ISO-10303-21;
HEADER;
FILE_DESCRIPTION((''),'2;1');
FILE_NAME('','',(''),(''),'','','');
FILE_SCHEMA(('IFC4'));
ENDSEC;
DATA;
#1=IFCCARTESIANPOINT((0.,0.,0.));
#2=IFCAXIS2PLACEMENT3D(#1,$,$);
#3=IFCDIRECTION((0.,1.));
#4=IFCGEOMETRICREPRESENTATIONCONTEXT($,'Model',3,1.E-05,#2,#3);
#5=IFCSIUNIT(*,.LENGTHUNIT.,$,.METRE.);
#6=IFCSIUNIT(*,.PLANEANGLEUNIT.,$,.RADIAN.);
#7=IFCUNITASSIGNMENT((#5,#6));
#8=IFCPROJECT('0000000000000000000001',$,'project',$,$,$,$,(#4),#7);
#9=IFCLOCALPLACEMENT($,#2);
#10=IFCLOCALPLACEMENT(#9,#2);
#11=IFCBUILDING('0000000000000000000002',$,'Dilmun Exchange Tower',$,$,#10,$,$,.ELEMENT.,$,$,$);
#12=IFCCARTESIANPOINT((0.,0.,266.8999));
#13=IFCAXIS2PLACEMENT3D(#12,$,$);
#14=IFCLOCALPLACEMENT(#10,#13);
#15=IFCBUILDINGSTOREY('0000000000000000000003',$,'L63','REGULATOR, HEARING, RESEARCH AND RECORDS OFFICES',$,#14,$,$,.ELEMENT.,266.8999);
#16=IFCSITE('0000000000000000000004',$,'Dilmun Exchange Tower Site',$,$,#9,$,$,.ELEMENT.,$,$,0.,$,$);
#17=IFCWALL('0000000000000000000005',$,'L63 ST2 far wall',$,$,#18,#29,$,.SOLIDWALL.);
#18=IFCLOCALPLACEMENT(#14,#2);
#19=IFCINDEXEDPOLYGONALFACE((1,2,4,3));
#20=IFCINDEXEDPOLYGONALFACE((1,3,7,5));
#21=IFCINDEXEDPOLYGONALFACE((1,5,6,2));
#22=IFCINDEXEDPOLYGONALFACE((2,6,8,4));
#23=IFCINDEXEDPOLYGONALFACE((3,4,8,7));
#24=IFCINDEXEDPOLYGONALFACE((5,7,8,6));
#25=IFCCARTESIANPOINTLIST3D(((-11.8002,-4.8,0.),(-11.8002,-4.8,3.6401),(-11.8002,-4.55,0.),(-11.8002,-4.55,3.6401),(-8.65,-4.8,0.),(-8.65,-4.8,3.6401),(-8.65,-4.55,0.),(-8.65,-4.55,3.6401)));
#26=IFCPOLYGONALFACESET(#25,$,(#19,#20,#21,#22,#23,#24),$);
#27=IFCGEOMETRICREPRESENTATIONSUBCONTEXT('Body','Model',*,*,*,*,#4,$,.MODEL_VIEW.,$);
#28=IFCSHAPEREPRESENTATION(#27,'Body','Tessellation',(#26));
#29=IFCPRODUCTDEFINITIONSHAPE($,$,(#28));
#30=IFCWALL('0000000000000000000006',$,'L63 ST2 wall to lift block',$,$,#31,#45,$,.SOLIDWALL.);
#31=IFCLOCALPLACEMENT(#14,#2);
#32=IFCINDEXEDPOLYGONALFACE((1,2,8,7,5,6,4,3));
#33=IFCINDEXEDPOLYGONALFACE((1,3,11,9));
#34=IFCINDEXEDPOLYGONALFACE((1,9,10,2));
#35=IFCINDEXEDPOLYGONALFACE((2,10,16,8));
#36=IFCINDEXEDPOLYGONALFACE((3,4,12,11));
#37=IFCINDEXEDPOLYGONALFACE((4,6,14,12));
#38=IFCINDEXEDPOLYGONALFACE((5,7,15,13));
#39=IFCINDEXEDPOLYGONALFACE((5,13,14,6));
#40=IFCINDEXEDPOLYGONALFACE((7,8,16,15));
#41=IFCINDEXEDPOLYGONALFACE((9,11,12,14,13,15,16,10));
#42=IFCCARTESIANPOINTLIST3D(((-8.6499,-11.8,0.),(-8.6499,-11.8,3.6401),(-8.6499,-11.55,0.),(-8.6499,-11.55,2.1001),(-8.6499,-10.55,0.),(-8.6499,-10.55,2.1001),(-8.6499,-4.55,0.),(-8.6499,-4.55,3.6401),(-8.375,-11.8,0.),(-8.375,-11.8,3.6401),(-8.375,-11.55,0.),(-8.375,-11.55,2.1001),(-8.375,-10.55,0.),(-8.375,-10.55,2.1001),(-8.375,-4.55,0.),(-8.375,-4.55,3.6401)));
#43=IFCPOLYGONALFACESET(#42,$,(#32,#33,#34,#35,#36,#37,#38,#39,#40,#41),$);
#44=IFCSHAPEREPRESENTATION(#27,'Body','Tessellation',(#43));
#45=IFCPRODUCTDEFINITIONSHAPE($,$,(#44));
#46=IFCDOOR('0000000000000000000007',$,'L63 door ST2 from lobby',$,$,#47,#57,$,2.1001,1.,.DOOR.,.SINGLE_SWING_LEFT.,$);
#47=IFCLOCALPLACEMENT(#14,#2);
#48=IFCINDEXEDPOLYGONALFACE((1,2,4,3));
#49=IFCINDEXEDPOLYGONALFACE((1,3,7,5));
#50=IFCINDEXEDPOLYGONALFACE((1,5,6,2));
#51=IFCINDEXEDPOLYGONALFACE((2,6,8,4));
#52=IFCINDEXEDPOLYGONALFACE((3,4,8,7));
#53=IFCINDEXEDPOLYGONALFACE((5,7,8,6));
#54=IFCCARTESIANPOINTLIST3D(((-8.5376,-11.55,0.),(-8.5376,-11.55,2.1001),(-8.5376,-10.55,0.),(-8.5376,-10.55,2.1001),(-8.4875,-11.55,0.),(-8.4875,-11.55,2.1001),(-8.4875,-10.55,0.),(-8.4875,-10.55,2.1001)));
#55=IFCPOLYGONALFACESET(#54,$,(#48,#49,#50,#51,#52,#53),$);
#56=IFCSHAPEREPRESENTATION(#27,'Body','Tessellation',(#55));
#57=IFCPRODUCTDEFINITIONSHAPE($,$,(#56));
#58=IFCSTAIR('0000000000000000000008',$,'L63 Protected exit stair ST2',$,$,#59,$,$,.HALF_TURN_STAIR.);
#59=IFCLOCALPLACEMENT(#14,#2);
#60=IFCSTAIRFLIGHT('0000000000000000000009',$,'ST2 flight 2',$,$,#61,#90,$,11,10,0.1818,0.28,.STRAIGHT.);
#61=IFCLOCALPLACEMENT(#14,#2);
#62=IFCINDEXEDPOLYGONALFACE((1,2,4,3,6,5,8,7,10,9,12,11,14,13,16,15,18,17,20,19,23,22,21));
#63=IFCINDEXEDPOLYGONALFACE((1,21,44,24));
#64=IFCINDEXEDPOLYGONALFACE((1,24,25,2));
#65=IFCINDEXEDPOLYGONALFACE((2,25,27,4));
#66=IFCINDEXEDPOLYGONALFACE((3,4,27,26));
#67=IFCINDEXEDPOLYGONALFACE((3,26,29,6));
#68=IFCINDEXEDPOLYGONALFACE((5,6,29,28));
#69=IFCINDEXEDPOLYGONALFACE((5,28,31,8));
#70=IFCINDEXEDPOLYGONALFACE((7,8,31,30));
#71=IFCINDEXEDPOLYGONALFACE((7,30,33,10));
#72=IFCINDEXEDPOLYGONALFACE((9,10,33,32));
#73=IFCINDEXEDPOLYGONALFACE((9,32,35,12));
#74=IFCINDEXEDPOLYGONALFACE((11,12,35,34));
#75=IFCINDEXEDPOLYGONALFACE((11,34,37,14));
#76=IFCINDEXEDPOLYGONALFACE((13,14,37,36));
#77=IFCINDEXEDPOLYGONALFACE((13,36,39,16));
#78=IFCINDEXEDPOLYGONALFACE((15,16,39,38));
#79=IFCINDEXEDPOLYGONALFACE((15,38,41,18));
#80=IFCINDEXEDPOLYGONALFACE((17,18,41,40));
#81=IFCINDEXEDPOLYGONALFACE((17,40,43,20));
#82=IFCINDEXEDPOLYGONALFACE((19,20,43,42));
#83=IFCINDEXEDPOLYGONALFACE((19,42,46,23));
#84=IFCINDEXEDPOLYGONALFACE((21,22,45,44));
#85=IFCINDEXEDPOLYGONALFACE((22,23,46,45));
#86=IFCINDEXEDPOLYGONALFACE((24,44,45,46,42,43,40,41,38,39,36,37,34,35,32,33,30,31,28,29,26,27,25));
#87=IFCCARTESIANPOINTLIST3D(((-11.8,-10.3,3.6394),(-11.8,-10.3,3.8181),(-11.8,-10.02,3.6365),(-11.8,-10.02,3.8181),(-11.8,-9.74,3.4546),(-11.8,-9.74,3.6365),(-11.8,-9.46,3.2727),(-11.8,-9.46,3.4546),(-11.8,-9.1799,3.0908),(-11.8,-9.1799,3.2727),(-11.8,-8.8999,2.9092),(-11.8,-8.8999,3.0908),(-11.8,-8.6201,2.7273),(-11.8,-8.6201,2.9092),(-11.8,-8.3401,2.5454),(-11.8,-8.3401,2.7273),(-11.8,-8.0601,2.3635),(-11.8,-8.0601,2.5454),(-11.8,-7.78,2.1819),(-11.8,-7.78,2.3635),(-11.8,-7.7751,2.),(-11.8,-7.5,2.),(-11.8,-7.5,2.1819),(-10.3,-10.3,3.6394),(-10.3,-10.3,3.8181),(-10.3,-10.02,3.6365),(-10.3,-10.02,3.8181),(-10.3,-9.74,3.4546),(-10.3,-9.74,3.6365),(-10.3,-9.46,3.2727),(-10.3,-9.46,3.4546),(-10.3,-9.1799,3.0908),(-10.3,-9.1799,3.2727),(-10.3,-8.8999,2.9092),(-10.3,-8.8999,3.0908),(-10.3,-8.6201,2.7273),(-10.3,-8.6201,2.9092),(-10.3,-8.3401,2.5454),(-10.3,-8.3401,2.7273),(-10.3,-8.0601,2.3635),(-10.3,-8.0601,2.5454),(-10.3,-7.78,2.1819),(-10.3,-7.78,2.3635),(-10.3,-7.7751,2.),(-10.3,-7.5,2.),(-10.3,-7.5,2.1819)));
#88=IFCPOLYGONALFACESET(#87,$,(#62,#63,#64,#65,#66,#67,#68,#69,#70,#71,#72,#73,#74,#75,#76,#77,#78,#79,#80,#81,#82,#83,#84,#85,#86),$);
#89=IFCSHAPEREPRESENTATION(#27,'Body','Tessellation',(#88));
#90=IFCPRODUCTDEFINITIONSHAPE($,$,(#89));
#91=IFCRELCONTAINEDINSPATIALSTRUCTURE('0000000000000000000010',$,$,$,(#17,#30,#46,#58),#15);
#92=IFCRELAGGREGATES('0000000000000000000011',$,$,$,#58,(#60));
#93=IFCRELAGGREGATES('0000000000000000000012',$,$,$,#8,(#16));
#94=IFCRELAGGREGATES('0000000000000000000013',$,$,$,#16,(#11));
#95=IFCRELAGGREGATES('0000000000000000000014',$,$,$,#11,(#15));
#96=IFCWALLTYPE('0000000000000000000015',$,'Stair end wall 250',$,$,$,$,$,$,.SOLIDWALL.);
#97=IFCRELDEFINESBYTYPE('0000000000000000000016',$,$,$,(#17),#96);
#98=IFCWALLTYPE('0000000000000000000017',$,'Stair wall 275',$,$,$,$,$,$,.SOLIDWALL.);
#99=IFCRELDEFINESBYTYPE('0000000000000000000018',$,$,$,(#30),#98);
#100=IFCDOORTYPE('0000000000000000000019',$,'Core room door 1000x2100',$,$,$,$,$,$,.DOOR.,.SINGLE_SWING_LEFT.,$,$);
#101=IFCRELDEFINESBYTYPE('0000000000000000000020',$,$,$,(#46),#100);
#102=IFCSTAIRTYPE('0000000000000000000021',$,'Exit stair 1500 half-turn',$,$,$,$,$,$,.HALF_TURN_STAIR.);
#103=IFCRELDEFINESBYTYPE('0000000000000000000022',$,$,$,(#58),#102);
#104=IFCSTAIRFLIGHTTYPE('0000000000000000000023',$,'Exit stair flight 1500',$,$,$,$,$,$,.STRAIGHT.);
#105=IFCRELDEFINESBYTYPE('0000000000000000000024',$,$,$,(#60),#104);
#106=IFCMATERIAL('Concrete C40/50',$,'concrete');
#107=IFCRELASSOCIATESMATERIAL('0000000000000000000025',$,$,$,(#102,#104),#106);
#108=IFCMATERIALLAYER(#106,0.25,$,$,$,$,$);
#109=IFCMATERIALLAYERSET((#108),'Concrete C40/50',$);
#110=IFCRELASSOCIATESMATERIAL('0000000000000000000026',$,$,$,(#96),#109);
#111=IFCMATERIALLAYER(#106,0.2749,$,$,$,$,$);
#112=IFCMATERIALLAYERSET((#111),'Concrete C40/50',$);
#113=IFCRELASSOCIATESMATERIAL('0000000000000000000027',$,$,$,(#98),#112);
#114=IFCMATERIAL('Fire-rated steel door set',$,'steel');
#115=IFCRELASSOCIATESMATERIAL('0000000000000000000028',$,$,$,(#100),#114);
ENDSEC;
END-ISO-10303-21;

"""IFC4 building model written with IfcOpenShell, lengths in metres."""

from ifc_helpers import new_model, si_unit, direction, frame, frame_2d, origin, place, context, subcontext, project, spatial, polyline, rectangle, outline, extrude, material, layer, layer_set, type_object, element, fill, aggregate, save


model = new_model("IFC4")

# Units and contexts
model_context = context("Model", 3, precision=1e-05, world=origin(), true_north=direction((0.0, 1.0)))
body_context = subcontext(model_context, "Body", "Model", "MODEL_VIEW")
ifc_project = project(units=[si_unit("LENGTHUNIT", "METRE"), si_unit("PLANEANGLEUNIT", "RADIAN")], contexts=[model_context])

# Site, building, storey
site_placement = place(None, origin())
site = spatial("IfcSite", under=ifc_project, at=site_placement, Name="Dilmun Exchange Tower Site", CompositionType="ELEMENT", RefElevation=0.0)
building_placement = place(site_placement, origin())
building = spatial("IfcBuilding", under=site, at=building_placement, Name="Dilmun Exchange Tower", CompositionType="ELEMENT")
storey_placement = place(building_placement, frame((0.0, 0.0, 266.8999)))
storey = spatial("IfcBuildingStorey", under=building, at=storey_placement, Name="L63", Description="REGULATOR, HEARING, RESEARCH AND RECORDS OFFICES", CompositionType="ELEMENT", Elevation=266.8999)

# Shared definitions
ifc_material_1 = material(Name="Concrete C40/50", Category="concrete")
stair_type = type_object("IfcStairType", Name="Exit stair 1500 half-turn", PredefinedType="HALF_TURN_STAIR", material=ifc_material_1)

# Shared definitions
ifc_material_2 = material(Name="Fire-rated steel door set", Category="steel")

# Wall
ifc_layer_1 = layer(ifc_material_1, 0.25)
ifc_layer_set_1 = layer_set([ifc_layer_1], Name="Concrete C40/50")
wall_type_1 = type_object("IfcWallType", Name="Stair end wall 250", PredefinedType="SOLIDWALL", material=ifc_layer_set_1)
wall_1_placement = place(storey_placement, frame((-8.6499, -4.675, 0.0), z_axis=(0.0, 0.0, 1.0), x_axis=(-1.0, 0.0, 0.0)))
element("IfcWall", 1, at=wall_1_placement, inside=storey, type_object=wall_type_1, Name="L63 ST2 far wall", PredefinedType="SOLIDWALL", context=body_context, shape_type="SweptSolid", body=[
    extrude(rectangle(XDim=3.1501, YDim=0.25, at=frame_2d((1.5752, 0.0))), origin(), (0.0, 0.0, 1.0), 3.6401),
])

# Wall, opening, door
ifc_layer_2 = layer(ifc_material_1, 0.2749)
ifc_layer_set_2 = layer_set([ifc_layer_2], Name="Concrete C40/50")
wall_type_2 = type_object("IfcWallType", Name="Stair wall 275", PredefinedType="SOLIDWALL", material=ifc_layer_set_2)
wall_2_placement = place(storey_placement, frame((-8.5125, -4.55, 0.0), z_axis=(0.0, 0.0, 1.0), x_axis=(0.0, -1.0, 0.0)))
wall_2 = element("IfcWall", 2, at=wall_2_placement, inside=storey, type_object=wall_type_2, Name="L63 ST2 wall to lift block", PredefinedType="SOLIDWALL", context=body_context, shape_type="SweptSolid", body=[
    extrude(rectangle(XDim=7.25, YDim=0.2749, at=frame_2d((3.625, 0.0))), origin(), (0.0, 0.0, 1.0), 3.6401),
])
opening_1_placement = place(wall_2_placement, frame((6.0, 0.0, 0.0)))
opening_1 = element("IfcOpeningElement", 3, at=opening_1_placement, cuts=wall_2, PredefinedType="OPENING", context=body_context, shape_type="SweptSolid", body=[
    extrude(rectangle(XDim=1.0, YDim=2.1001, at=frame_2d((0.5, 1.05))), frame((0.0, 0.1475, 0.0), z_axis=(0.0, -1.0, 0.0), x_axis=(1.0, 0.0, 0.0)), (0.0, 0.0, 1.0), 0.2949),
])
door_type_1 = type_object("IfcDoorType", Name="Core room door 1000x2100", OperationType="SINGLE_SWING_LEFT", PredefinedType="DOOR", material=ifc_material_2)
door_1_placement = place(opening_1_placement, origin())
door_1 = element("IfcDoor", 4, at=door_1_placement, inside=storey, type_object=door_type_1, Name="L63 door ST2 from lobby", OperationType="SINGLE_SWING_LEFT", OverallHeight=2.1001, OverallWidth=1.0, PredefinedType="DOOR", context=body_context, shape_type="SweptSolid", body=[
    extrude(rectangle(XDim=1.0, YDim=2.1001, at=frame_2d((0.5, 1.05))), frame((0.0, 0.0249, 0.0), z_axis=(0.0, -1.0, 0.0), x_axis=(1.0, 0.0, 0.0)), (0.0, 0.0, 1.0), 0.05),
])
fill(opening_1, door_1)

# Stair, stair flight
stair_1_placement = place(storey_placement, origin())
stair_1 = element("IfcStair", 5, at=stair_1_placement, inside=storey, type_object=stair_type, Name="L63 Protected exit stair ST2", PredefinedType="HALF_TURN_STAIR")
stair_flight_type = type_object("IfcStairFlightType", Name="Exit stair flight 1500", PredefinedType="STRAIGHT", material=ifc_material_1)
stair_flight_placement = place(storey_placement, frame((-11.05, -7.5, 2.0), z_axis=(0.0, 0.0, 1.0), x_axis=(0.0, -1.0, 0.0)))
stair_flight = element("IfcStairFlight", 6, at=stair_flight_placement, type_object=stair_flight_type, Name="ST2 flight 2", NumberOfRisers=11, NumberOfTreads=10, PredefinedType="STRAIGHT", RiserHeight=0.1818, TreadLength=0.28, context=body_context, shape_type="SweptSolid", body=[
    extrude(outline(polyline([(0.0, 0.0), (0.0, 0.1819), (0.28, 0.1819), (0.28, 0.3635), (0.5601, 0.3635), (0.5601, 0.5454), (0.8401, 0.5454), (0.8401, 0.7273), (1.1201, 0.7273), (1.1201, 0.9092), (1.3999, 0.9092), (1.3999, 1.0908), (1.6799, 1.0908), (1.6799, 1.2727), (1.96, 1.2727), (1.96, 1.4546), (2.24, 1.4546), (2.24, 1.6365), (2.52, 1.6365), (2.52, 1.8181), (2.8, 1.8181), (2.8, 2.0), (2.8, 1.6394), (0.2751, 0.0), (0.0, 0.0)])), frame((0.0, 0.75, 0.0), z_axis=(0.0, -1.0, 0.0), x_axis=(1.0, 0.0, 0.0)), (0.0, 0.0, 1.0), 1.5),
])
aggregate(stair_1, [stair_flight])

save(model, "model.ifc")
